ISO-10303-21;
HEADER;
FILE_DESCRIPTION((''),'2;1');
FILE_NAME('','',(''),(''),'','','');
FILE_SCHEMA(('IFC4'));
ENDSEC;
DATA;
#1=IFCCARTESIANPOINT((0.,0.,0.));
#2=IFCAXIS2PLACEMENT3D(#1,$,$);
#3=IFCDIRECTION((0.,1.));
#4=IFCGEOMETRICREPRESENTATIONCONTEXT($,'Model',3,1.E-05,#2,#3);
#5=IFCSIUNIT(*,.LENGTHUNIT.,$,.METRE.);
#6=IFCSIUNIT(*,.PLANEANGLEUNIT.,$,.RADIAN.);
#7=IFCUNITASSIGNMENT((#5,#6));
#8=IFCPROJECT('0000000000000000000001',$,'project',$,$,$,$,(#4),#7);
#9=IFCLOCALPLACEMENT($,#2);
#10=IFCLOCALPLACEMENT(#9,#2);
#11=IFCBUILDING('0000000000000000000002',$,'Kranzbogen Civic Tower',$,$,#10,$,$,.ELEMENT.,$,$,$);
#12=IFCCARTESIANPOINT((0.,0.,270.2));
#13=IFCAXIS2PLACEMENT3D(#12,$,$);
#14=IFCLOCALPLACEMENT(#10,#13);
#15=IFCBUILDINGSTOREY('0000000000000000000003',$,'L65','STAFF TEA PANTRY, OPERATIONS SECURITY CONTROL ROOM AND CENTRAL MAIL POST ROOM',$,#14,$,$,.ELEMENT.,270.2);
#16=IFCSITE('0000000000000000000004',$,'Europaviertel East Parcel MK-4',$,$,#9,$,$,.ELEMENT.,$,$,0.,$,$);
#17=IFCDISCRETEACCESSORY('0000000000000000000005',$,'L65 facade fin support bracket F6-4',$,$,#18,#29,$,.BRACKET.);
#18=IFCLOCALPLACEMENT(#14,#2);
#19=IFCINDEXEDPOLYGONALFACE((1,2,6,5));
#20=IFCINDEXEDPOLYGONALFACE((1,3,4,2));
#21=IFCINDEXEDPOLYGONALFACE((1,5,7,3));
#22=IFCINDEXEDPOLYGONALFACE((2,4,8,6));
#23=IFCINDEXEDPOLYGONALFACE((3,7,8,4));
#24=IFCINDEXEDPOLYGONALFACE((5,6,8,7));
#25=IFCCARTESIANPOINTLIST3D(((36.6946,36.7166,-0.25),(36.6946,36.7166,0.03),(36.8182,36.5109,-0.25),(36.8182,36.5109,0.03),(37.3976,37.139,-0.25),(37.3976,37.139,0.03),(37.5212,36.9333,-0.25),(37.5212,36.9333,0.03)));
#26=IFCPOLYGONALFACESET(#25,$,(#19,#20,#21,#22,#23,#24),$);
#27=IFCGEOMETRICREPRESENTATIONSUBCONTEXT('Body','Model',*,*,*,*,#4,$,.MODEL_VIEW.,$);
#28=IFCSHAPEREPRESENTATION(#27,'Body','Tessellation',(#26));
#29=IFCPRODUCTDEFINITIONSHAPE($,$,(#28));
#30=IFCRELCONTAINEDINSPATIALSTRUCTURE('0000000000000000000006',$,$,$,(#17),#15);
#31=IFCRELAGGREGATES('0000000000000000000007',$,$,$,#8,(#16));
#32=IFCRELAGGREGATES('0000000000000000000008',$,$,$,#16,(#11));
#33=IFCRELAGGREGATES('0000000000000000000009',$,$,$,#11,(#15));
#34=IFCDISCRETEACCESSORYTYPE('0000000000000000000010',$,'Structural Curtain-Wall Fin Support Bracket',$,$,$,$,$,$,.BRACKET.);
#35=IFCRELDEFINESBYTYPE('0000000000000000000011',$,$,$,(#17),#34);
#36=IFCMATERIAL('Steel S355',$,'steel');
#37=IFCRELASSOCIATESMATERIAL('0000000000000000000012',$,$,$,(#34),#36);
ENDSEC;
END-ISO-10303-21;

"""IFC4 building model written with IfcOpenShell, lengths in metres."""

from ifc_helpers import new_model, si_unit, direction, frame, origin, origin_2d, place, context, subcontext, project, spatial, rectangle, extrude, material, type_object, element, save


model = new_model("IFC4")

# Units and contexts
model_context = context("Model", 3, precision=1e-05, world=origin(), true_north=direction((0.0, 1.0)))
body_context = subcontext(model_context, "Body", "Model", "MODEL_VIEW")
ifc_project = project(units=[si_unit("LENGTHUNIT", "METRE"), si_unit("PLANEANGLEUNIT", "RADIAN")], contexts=[model_context])

# Site, building, storey
site_placement = place(None, origin())
site = spatial("IfcSite", under=ifc_project, at=site_placement, Name="Europaviertel East Parcel MK-4", CompositionType="ELEMENT", RefElevation=0.0)
building_placement = place(site_placement, origin())
building = spatial("IfcBuilding", under=site, at=building_placement, Name="Kranzbogen Civic Tower", CompositionType="ELEMENT")
storey_placement = place(building_placement, frame((0.0, 0.0, 270.2)))
storey = spatial("IfcBuildingStorey", under=building, at=storey_placement, Name="L65", Description="STAFF TEA PANTRY, OPERATIONS SECURITY CONTROL ROOM AND CENTRAL MAIL POST ROOM", CompositionType="ELEMENT", Elevation=270.2)

# Shared definitions
ifc_material_1 = material(Name="Steel S355", Category="steel")

# Discrete accessory
discrete_accessory_type = type_object("IfcDiscreteAccessoryType", Name="Structural Curtain-Wall Fin Support Bracket", PredefinedType="BRACKET", material=ifc_material_1)
for number, where, z_axis, x_axis, name in (
    (1, (37.1079, 36.825, -0.25), (0.0, 0.0, 1.0), (0.857167, 0.515038, 0.0), "L65 facade fin support bracket F6-4"),
):
    element("IfcDiscreteAccessory", number, at=place(storey_placement, frame(where, z_axis=z_axis, x_axis=x_axis)), inside=storey, type_object=discrete_accessory_type, Name=name, PredefinedType="BRACKET", context=body_context, shape_type="SweptSolid", body=[
        extrude(rectangle(XDim=0.8201, YDim=0.24, at=origin_2d()), origin(), (0.0, 0.0, 1.0), 0.28),
    ])

save(model, "model.ifc")
